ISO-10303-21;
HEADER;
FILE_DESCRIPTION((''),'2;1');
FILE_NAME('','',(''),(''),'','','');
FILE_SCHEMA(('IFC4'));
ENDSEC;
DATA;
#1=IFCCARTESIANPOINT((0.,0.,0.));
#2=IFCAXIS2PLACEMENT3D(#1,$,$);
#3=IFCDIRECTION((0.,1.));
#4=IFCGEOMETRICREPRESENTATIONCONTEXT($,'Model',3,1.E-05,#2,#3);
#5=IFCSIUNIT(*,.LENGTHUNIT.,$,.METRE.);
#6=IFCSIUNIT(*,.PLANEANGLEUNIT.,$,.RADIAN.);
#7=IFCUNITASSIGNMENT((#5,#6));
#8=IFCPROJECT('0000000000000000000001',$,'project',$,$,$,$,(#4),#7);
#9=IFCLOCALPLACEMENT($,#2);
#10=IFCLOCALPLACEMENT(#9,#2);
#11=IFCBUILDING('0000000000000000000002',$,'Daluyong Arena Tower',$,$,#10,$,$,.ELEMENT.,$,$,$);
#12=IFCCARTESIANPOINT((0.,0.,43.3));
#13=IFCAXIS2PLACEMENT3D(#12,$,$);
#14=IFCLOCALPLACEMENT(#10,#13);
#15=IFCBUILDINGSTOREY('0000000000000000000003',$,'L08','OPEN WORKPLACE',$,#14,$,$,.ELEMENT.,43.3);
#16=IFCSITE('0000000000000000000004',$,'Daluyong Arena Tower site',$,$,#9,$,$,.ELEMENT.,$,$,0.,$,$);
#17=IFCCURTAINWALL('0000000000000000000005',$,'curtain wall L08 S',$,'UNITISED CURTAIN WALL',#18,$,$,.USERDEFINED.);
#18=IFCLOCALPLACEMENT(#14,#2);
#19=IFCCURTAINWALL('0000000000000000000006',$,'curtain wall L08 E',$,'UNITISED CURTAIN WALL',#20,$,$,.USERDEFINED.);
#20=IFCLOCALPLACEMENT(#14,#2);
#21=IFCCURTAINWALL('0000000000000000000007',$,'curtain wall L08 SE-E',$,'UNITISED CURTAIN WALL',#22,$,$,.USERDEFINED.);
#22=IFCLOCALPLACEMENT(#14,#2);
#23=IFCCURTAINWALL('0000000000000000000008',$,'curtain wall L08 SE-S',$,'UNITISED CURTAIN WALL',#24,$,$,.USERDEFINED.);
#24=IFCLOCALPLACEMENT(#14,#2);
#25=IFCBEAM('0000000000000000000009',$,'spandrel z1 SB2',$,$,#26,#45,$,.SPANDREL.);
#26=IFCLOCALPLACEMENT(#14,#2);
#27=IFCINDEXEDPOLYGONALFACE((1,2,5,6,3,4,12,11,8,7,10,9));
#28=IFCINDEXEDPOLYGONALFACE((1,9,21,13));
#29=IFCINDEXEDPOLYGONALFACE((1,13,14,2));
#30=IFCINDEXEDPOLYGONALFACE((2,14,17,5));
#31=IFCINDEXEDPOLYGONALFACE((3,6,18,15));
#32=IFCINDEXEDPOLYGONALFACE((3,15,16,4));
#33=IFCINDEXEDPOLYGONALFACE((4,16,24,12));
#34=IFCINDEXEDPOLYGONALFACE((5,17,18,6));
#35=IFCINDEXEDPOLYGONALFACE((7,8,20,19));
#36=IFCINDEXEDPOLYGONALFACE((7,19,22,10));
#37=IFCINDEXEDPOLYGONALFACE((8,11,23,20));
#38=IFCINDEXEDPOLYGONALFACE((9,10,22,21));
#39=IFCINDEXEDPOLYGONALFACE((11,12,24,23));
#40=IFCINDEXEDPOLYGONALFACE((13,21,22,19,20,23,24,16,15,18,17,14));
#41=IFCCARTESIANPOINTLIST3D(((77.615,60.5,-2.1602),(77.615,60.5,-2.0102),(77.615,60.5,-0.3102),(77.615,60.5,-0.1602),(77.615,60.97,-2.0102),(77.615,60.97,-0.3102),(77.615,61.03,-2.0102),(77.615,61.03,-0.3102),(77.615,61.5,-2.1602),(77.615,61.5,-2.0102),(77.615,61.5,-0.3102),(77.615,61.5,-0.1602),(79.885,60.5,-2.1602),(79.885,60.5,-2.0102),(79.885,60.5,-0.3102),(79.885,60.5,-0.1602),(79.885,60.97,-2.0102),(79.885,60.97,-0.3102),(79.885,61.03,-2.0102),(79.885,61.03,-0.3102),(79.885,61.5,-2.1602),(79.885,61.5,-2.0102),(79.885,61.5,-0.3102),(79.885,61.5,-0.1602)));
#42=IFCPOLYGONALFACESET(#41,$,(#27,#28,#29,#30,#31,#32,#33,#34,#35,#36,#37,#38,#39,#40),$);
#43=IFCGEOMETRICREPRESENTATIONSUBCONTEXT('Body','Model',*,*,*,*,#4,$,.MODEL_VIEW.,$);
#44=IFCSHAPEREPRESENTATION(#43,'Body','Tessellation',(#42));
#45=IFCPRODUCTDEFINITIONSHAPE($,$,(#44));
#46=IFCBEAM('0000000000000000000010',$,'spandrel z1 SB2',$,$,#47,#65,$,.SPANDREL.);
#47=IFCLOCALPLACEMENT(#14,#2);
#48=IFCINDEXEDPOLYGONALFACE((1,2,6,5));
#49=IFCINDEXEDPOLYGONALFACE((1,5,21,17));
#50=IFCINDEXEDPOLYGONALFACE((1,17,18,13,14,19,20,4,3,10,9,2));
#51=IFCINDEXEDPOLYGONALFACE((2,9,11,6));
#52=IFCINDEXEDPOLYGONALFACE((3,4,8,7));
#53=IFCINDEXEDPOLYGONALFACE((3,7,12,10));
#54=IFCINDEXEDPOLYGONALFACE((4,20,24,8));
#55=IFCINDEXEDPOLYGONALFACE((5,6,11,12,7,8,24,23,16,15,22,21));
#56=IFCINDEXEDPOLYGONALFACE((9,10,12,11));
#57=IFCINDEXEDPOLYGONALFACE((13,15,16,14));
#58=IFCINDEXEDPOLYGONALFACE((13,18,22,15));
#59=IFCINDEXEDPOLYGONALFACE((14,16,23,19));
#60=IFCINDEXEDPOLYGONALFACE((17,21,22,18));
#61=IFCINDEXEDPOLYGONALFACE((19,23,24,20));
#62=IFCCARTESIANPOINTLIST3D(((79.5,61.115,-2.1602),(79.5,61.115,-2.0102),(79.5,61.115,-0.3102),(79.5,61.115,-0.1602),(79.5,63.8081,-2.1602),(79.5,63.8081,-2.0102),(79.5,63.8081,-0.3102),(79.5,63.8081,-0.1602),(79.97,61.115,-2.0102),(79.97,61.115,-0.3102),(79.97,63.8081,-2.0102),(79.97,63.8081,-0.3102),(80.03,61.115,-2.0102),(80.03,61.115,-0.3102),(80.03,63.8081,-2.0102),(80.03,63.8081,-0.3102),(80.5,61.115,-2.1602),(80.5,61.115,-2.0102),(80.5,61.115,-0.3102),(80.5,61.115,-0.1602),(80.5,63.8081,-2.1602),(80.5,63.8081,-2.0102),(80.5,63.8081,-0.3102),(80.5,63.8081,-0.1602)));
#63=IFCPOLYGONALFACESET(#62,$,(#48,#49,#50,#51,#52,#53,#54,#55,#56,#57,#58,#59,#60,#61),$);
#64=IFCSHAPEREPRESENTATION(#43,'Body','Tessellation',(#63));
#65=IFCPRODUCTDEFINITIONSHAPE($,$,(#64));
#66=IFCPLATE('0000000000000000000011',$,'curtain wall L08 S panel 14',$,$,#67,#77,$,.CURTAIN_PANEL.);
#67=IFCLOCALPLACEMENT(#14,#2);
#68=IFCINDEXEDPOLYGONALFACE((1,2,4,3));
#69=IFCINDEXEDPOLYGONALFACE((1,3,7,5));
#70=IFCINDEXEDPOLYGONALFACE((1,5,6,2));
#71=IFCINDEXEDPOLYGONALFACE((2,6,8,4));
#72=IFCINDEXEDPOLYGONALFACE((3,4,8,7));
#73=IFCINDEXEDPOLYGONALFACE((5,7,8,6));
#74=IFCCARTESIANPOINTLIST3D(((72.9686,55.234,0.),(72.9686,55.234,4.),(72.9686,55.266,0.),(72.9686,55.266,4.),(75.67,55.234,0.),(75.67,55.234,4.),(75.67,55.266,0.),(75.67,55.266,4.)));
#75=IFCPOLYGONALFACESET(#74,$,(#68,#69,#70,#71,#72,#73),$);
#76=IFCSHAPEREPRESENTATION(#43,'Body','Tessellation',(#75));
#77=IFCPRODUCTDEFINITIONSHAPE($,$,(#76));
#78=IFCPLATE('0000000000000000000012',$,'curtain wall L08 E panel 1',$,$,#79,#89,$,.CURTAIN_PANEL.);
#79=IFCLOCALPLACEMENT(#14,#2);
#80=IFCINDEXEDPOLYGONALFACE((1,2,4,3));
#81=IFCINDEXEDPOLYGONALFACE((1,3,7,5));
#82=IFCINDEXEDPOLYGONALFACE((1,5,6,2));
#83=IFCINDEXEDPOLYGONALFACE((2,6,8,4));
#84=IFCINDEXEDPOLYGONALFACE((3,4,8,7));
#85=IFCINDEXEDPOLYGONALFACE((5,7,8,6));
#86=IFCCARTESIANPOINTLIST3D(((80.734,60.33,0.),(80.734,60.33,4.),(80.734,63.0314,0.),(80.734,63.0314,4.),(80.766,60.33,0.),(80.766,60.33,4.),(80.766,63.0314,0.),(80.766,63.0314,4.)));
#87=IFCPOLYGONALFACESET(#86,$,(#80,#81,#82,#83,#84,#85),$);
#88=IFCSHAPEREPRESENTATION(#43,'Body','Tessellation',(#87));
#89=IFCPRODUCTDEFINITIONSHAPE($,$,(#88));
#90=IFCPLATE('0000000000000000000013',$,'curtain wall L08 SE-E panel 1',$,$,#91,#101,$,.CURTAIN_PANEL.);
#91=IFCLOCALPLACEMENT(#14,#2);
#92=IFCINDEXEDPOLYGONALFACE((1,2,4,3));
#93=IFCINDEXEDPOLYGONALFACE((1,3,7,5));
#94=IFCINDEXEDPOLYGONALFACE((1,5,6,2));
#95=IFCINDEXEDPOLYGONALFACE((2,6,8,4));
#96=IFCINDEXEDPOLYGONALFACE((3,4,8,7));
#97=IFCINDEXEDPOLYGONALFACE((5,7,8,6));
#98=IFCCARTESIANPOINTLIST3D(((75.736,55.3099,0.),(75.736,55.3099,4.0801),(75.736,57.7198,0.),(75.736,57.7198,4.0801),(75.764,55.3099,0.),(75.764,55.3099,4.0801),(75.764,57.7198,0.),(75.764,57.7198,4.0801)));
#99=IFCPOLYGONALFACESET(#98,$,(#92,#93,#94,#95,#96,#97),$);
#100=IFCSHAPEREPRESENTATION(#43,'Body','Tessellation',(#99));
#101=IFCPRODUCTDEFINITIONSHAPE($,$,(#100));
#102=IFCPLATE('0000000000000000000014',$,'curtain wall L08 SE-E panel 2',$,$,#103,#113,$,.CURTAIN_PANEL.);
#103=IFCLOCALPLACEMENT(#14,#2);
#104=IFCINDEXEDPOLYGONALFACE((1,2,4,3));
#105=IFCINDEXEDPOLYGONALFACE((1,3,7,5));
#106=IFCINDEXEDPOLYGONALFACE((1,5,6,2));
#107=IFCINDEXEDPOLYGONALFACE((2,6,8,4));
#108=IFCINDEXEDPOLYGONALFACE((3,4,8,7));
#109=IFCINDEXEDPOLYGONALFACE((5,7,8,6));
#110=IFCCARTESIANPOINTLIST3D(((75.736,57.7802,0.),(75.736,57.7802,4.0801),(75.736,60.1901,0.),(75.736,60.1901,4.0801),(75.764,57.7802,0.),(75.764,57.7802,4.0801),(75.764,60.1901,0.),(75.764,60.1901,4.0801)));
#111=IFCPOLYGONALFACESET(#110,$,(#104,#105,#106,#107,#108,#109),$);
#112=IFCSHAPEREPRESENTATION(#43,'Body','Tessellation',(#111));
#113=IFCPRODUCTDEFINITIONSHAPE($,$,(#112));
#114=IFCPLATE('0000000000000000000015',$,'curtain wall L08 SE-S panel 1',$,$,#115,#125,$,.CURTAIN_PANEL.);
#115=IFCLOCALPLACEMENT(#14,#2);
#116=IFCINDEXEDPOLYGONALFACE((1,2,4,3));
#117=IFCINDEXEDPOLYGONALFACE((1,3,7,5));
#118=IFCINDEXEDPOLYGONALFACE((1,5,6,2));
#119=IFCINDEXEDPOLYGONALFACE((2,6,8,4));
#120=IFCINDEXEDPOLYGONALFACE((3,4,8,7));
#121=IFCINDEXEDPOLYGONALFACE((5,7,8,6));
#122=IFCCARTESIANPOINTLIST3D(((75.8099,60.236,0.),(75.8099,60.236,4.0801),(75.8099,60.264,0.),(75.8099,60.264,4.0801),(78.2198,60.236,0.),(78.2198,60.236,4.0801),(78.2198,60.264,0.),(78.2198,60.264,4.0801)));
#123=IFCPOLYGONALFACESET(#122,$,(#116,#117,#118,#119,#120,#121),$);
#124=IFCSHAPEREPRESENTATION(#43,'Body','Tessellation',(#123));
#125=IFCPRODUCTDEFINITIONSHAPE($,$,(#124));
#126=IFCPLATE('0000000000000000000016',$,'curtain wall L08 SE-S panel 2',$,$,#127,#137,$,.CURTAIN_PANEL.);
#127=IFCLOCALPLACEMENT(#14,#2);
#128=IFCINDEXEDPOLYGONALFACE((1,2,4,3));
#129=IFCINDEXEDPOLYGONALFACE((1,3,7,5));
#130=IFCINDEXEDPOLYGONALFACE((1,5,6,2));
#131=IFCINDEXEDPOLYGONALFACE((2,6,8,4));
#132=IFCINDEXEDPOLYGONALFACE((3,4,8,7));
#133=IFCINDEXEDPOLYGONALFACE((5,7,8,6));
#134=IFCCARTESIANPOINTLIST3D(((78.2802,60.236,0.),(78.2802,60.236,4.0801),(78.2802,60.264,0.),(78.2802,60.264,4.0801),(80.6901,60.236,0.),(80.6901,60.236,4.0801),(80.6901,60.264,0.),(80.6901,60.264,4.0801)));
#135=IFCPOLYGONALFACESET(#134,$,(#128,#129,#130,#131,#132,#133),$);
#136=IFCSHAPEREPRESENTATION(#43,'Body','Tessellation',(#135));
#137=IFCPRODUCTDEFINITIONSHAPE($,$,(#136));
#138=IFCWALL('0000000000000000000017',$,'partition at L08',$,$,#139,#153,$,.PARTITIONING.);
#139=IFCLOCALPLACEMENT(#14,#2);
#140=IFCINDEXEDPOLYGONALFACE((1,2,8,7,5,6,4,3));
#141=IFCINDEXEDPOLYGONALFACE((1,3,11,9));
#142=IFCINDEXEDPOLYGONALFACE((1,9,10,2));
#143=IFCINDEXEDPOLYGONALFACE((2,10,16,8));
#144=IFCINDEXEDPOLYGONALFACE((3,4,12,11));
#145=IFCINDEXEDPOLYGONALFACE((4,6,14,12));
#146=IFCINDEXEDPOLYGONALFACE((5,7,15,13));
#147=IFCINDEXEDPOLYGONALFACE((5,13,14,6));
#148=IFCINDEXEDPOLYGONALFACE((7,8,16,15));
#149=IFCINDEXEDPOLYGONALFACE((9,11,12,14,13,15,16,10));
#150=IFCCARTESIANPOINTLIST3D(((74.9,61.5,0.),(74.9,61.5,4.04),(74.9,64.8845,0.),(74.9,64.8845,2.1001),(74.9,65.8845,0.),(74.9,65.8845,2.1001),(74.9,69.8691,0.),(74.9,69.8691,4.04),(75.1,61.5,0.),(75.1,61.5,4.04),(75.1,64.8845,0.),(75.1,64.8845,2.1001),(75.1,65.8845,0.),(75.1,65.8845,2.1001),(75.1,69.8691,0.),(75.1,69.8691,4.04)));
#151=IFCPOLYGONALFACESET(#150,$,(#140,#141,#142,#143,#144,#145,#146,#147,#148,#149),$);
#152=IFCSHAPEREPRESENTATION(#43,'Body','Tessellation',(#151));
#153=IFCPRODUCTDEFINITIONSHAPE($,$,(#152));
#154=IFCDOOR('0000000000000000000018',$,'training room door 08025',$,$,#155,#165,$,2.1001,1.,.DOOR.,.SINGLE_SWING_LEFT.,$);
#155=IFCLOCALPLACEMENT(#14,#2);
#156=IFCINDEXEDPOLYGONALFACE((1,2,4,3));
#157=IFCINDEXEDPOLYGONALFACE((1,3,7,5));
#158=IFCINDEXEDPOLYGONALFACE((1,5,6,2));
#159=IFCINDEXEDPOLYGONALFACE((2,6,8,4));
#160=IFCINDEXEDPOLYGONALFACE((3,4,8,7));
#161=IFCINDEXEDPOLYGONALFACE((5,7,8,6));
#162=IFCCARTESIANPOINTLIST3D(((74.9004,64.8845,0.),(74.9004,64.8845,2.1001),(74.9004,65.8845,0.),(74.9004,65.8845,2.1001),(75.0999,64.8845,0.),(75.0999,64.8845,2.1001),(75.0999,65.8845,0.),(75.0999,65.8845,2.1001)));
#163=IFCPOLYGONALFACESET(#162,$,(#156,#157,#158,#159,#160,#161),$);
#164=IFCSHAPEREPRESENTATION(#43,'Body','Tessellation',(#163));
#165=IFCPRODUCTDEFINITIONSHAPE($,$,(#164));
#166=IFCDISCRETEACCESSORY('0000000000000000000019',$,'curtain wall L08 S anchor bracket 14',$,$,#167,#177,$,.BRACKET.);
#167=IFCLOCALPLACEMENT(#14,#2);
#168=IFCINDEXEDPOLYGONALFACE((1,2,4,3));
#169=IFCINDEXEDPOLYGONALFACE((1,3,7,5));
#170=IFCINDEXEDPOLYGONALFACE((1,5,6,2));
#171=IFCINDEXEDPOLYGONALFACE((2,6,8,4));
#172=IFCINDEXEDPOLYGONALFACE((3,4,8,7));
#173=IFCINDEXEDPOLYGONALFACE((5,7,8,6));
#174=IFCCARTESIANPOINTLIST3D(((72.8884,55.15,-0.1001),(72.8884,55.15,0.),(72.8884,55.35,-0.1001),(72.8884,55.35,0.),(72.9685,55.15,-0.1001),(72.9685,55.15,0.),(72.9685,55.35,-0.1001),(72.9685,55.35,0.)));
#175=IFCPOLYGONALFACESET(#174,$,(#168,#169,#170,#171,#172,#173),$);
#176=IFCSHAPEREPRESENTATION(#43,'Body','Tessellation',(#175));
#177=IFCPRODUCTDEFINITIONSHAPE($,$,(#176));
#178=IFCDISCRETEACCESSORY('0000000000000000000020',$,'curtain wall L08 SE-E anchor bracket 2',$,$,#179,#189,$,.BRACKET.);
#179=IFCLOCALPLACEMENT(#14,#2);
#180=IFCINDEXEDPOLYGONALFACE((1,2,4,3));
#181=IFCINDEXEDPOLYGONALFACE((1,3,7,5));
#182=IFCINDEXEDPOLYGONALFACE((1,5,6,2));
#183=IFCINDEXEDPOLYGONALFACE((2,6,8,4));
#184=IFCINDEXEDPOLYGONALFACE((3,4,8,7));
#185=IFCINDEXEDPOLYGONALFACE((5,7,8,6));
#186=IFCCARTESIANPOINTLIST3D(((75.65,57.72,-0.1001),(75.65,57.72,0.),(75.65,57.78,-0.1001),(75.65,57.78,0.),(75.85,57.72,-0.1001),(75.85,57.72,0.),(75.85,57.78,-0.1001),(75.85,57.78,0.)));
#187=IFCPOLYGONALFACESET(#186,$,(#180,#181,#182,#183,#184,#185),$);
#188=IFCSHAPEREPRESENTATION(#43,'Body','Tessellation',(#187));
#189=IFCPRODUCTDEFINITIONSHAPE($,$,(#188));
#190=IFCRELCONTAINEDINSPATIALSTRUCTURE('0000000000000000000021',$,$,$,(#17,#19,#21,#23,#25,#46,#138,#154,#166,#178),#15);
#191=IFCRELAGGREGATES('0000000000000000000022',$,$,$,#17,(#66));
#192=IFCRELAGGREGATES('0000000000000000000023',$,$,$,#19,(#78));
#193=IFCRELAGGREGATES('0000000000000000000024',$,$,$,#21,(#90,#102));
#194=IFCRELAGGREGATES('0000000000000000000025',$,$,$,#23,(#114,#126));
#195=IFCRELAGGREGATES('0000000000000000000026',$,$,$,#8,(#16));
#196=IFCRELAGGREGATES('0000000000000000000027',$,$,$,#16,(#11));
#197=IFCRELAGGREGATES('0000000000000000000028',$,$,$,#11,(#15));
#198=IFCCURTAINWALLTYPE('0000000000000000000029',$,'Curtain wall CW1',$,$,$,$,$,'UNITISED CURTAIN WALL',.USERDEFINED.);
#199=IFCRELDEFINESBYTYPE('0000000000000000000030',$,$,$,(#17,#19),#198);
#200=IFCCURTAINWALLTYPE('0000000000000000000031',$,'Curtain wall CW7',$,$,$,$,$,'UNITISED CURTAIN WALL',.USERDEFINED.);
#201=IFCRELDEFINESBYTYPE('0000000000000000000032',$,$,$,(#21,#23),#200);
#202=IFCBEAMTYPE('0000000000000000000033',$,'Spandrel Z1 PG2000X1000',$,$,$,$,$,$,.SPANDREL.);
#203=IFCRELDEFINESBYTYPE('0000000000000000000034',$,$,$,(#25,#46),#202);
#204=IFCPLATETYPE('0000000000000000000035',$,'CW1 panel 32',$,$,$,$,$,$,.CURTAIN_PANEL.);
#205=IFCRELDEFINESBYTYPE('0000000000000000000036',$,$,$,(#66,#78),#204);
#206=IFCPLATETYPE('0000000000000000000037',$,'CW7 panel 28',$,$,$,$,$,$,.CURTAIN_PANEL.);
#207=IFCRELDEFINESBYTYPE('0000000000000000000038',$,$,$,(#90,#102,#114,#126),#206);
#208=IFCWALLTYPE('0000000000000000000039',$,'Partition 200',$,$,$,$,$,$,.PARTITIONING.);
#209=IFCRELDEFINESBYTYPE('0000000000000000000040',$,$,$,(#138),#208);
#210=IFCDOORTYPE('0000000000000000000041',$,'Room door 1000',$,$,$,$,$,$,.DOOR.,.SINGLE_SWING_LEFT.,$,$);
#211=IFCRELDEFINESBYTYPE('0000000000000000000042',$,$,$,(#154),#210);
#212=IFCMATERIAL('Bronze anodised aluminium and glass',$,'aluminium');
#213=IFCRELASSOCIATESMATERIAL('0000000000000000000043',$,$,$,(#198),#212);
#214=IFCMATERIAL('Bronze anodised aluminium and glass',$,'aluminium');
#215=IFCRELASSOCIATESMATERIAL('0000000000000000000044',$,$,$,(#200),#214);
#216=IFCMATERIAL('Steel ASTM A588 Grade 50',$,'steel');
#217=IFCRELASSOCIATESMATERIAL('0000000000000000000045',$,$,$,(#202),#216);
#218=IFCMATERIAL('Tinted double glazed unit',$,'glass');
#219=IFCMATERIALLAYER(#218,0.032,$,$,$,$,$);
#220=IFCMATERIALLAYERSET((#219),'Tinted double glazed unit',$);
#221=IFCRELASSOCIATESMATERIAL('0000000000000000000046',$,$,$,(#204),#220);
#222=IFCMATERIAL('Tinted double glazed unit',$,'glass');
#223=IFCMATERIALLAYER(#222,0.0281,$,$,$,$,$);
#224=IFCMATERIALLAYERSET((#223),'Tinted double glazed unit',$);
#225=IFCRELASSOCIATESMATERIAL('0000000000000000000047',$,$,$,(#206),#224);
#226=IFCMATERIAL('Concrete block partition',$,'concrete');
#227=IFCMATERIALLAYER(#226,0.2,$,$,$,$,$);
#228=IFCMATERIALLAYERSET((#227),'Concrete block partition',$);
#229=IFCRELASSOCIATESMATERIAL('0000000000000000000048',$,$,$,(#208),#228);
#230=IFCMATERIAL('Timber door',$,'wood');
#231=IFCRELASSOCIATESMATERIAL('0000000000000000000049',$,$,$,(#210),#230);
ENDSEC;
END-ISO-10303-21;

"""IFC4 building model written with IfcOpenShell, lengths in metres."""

from ifc_helpers import new_model, si_unit, direction, frame, frame_2d, origin, origin_2d, place, context, subcontext, project, spatial, rectangle, i_section, extrude, material, layer, layer_set, material_profile, profile_set, type_object, element, fill, aggregate, save


model = new_model("IFC4")

# Units and contexts
model_context = context("Model", 3, precision=1e-05, world=origin(), true_north=direction((0.0, 1.0)))
body_context = subcontext(model_context, "Body", "Model", "MODEL_VIEW")
ifc_project = project(units=[si_unit("LENGTHUNIT", "METRE"), si_unit("PLANEANGLEUNIT", "RADIAN")], contexts=[model_context])

# Site, building, storey
site_placement = place(None, origin())
site = spatial("IfcSite", under=ifc_project, at=site_placement, Name="Daluyong Arena Tower site", CompositionType="ELEMENT", RefElevation=0.0)
building_placement = place(site_placement, origin())
building = spatial("IfcBuilding", under=site, at=building_placement, Name="Daluyong Arena Tower", CompositionType="ELEMENT")
storey_placement = place(building_placement, frame((0.0, 0.0, 43.3)))
storey = spatial("IfcBuildingStorey", under=building, at=storey_placement, Name="L08", Description="OPEN WORKPLACE", CompositionType="ELEMENT", Elevation=43.3)

# Curtain wall
ifc_material_1 = material(Name="Bronze anodised aluminium and glass", Category="aluminium")
curtain_wall_type_1 = type_object("IfcCurtainWallType", Name="Curtain wall CW1", ElementType="UNITISED CURTAIN WALL", PredefinedType="USERDEFINED", material=ifc_material_1)
curtain_wall_1_placement = place(storey_placement, origin())
curtain_wall_1 = element("IfcCurtainWall", 1, at=curtain_wall_1_placement, inside=storey, type_object=curtain_wall_type_1, Name="curtain wall L08 S", ObjectType="UNITISED CURTAIN WALL", PredefinedType="USERDEFINED")

# Curtain wall
curtain_wall_2_placement = place(storey_placement, origin())
curtain_wall_2 = element("IfcCurtainWall", 2, at=curtain_wall_2_placement, inside=storey, type_object=curtain_wall_type_1, Name="curtain wall L08 E", ObjectType="UNITISED CURTAIN WALL", PredefinedType="USERDEFINED")

# Curtain walls
ifc_material_2 = material(Name="Bronze anodised aluminium and glass", Category="aluminium")
curtain_wall_type_2 = type_object("IfcCurtainWallType", Name="Curtain wall CW7", ElementType="UNITISED CURTAIN WALL", PredefinedType="USERDEFINED", material=ifc_material_2)
curtain_wall_3_placement = place(storey_placement, origin())
curtain_wall_3 = element("IfcCurtainWall", 3, at=curtain_wall_3_placement, inside=storey, type_object=curtain_wall_type_2, Name="curtain wall L08 SE-E", ObjectType="UNITISED CURTAIN WALL", PredefinedType="USERDEFINED")
curtain_wall_4_placement = place(storey_placement, origin())
curtain_wall_4 = element("IfcCurtainWall", 4, at=curtain_wall_4_placement, inside=storey, type_object=curtain_wall_type_2, Name="curtain wall L08 SE-S", ObjectType="UNITISED CURTAIN WALL", PredefinedType="USERDEFINED")

# Beams
ifc_material_3 = material(Name="Steel ASTM A588 Grade 50", Category="steel")
ifc_material_profile_1 = material_profile(ifc_material_3, i_section(OverallWidth=1.0, OverallDepth=2.0, WebThickness=0.06, FlangeThickness=0.15, at=origin_2d()))
ifc_profile_set_1 = profile_set([ifc_material_profile_1], Name="Steel ASTM A588 Grade 50")
beam_type_1 = type_object("IfcBeamType", Name="Spandrel Z1 PG2000X1000", PredefinedType="SPANDREL", material=ifc_profile_set_1)
for number, where, z_axis, x_axis, name in (
    (5, (77.615, 61.0, -1.1602), (1.0, 0.0, 0.0), (0.0, 1.0, 0.0), "spandrel z1 SB2"),
):
    element("IfcBeam", number, at=place(storey_placement, frame(where, z_axis=z_axis, x_axis=x_axis)), inside=storey, type_object=beam_type_1, Name=name, PredefinedType="SPANDREL", context=body_context, shape_type="SweptSolid", body=[
        extrude(i_section(OverallWidth=1.0, OverallDepth=2.0, WebThickness=0.06, FlangeThickness=0.15, at=origin_2d()), origin(), (0.0, 0.0, 1.0), 2.27),
    ])
beam_1_placement = place(storey_placement, frame((80.0, 61.115, -1.1602), z_axis=(0.0, 1.0, 0.0), x_axis=(-1.0, 0.0, 0.0)))
element("IfcBeam", 6, at=beam_1_placement, inside=storey, type_object=beam_type_1, Name="spandrel z1 SB2", PredefinedType="SPANDREL", context=body_context, shape_type="SweptSolid", body=[
    extrude(i_section(OverallWidth=1.0, OverallDepth=2.0, WebThickness=0.06, FlangeThickness=0.15, at=origin_2d()), origin(), (0.0, 0.0, 1.0), 2.6931),
])

# Plates
ifc_material_4 = material(Name="Tinted double glazed unit", Category="glass")
ifc_layer_1 = layer(ifc_material_4, 0.032)
ifc_layer_set_1 = layer_set([ifc_layer_1], Name="Tinted double glazed unit")
plate_type_1 = type_object("IfcPlateType", Name="CW1 panel 32", PredefinedType="CURTAIN_PANEL", material=ifc_layer_set_1)
plate_1_placement = place(storey_placement, frame((74.3193, 55.25, 0.0), z_axis=(0.0, 0.0, 1.0), x_axis=(1.0, 0.0, 0.0)))
plate_1 = element("IfcPlate", 7, at=plate_1_placement, type_object=plate_type_1, Name="curtain wall L08 S panel 14", PredefinedType="CURTAIN_PANEL", context=body_context, shape_type="SweptSolid", body=[
    extrude(rectangle(XDim=2.7014, YDim=0.032, at=origin_2d()), origin(), (0.0, 0.0, 1.0), 4.0),
])
aggregate(curtain_wall_1, [plate_1])
plate_2_placement = place(storey_placement, frame((80.75, 61.6807, 0.0), z_axis=(0.0, 0.0, 1.0), x_axis=(0.0, 1.0, 0.0)))
plate_2 = element("IfcPlate", 8, at=plate_2_placement, type_object=plate_type_1, Name="curtain wall L08 E panel 1", PredefinedType="CURTAIN_PANEL", context=body_context, shape_type="SweptSolid", body=[
    extrude(rectangle(XDim=2.7014, YDim=0.032, at=origin_2d()), origin(), (0.0, 0.0, 1.0), 4.0),
])
aggregate(curtain_wall_2, [plate_2])
ifc_material_5 = material(Name="Tinted double glazed unit", Category="glass")
ifc_layer_2 = layer(ifc_material_5, 0.0281)
ifc_layer_set_2 = layer_set([ifc_layer_2], Name="Tinted double glazed unit")
plate_type_2 = type_object("IfcPlateType", Name="CW7 panel 28", PredefinedType="CURTAIN_PANEL", material=ifc_layer_set_2)
plate_3_placement = place(storey_placement, frame((75.75, 56.5149, 0.0), z_axis=(0.0, 0.0, 1.0), x_axis=(0.0, 1.0, 0.0)))
plate_3 = element("IfcPlate", 9, at=plate_3_placement, type_object=plate_type_2, Name="curtain wall L08 SE-E panel 1", PredefinedType="CURTAIN_PANEL", context=body_context, shape_type="SweptSolid", body=[
    extrude(rectangle(XDim=2.4099, YDim=0.0281, at=origin_2d()), origin(), (0.0, 0.0, 1.0), 4.0801),
])
plate_4_placement = place(storey_placement, frame((75.75, 58.9851, 0.0), z_axis=(0.0, 0.0, 1.0), x_axis=(0.0, 1.0, 0.0)))
plate_4 = element("IfcPlate", 10, at=plate_4_placement, type_object=plate_type_2, Name="curtain wall L08 SE-E panel 2", PredefinedType="CURTAIN_PANEL", context=body_context, shape_type="SweptSolid", body=[
    extrude(rectangle(XDim=2.4099, YDim=0.0281, at=origin_2d()), origin(), (0.0, 0.0, 1.0), 4.0801),
])
aggregate(curtain_wall_3, [plate_3, plate_4])
plate_5_placement = place(storey_placement, frame((77.0149, 60.25, 0.0), z_axis=(0.0, 0.0, 1.0), x_axis=(1.0, 0.0, 0.0)))
plate_5 = element("IfcPlate", 11, at=plate_5_placement, type_object=plate_type_2, Name="curtain wall L08 SE-S panel 1", PredefinedType="CURTAIN_PANEL", context=body_context, shape_type="SweptSolid", body=[
    extrude(rectangle(XDim=2.4099, YDim=0.0281, at=origin_2d()), origin(), (0.0, 0.0, 1.0), 4.0801),
])
plate_6_placement = place(storey_placement, frame((79.4851, 60.25, 0.0), z_axis=(0.0, 0.0, 1.0), x_axis=(1.0, 0.0, 0.0)))
plate_6 = element("IfcPlate", 12, at=plate_6_placement, type_object=plate_type_2, Name="curtain wall L08 SE-S panel 2", PredefinedType="CURTAIN_PANEL", context=body_context, shape_type="SweptSolid", body=[
    extrude(rectangle(XDim=2.4099, YDim=0.0281, at=origin_2d()), origin(), (0.0, 0.0, 1.0), 4.0801),
])
aggregate(curtain_wall_4, [plate_5, plate_6])

# Wall, opening, door
ifc_material_6 = material(Name="Concrete block partition", Category="concrete")
ifc_layer_3 = layer(ifc_material_6, 0.2)
ifc_layer_set_3 = layer_set([ifc_layer_3], Name="Concrete block partition")
wall_type = type_object("IfcWallType", Name="Partition 200", PredefinedType="PARTITIONING", material=ifc_layer_set_3)
wall_placement = place(storey_placement, frame((75.0, 61.5, 0.0), z_axis=(0.0, 0.0, 1.0), x_axis=(0.0, 1.0, 0.0)))
wall = element("IfcWall", 13, at=wall_placement, inside=storey, type_object=wall_type, Name="partition at L08", PredefinedType="PARTITIONING", context=body_context, shape_type="SweptSolid", body=[
    extrude(rectangle(XDim=8.3691, YDim=0.2, at=frame_2d((4.1846, 0.0))), origin(), (0.0, 0.0, 1.0), 4.04),
])
opening_placement = place(wall_placement, frame((3.3845, 0.0, 0.0)))
opening = element("IfcOpeningElement", 14, at=opening_placement, cuts=wall, PredefinedType="OPENING", context=body_context, shape_type="SweptSolid", body=[
    extrude(rectangle(XDim=1.0, YDim=2.1001, at=frame_2d((0.5, 1.05))), frame((0.0, 0.1099, 0.0), z_axis=(0.0, -1.0, 0.0), x_axis=(1.0, 0.0, 0.0)), (0.0, 0.0, 1.0), 0.22),
])
ifc_material_7 = material(Name="Timber door", Category="wood")
door_type = type_object("IfcDoorType", Name="Room door 1000", OperationType="SINGLE_SWING_LEFT", PredefinedType="DOOR", material=ifc_material_7)
door_placement = place(opening_placement, origin())
door = element("IfcDoor", 15, at=door_placement, inside=storey, type_object=door_type, Name="training room door 08025", OperationType="SINGLE_SWING_LEFT", OverallHeight=2.1001, OverallWidth=1.0, PredefinedType="DOOR", context=body_context, shape_type="SweptSolid", body=[
    extrude(rectangle(XDim=1.0, YDim=2.1001, at=frame_2d((0.5, 1.05))), frame((0.0, 0.0996, 0.0), z_axis=(0.0, -1.0, 0.0), x_axis=(1.0, 0.0, 0.0)), (0.0, 0.0, 1.0), 0.1995),
])
fill(opening, door)

# Discrete accessories
discrete_accessory_1_placement = place(storey_placement, frame((72.9285, 55.25, -0.1001), z_axis=(0.0, 0.0, 1.0), x_axis=(1.0, 0.0, 0.0)))
element("IfcDiscreteAccessory", 16, at=discrete_accessory_1_placement, inside=storey, Name="curtain wall L08 S anchor bracket 14", PredefinedType="BRACKET", context=body_context, shape_type="SweptSolid", body=[
    extrude(rectangle(XDim=0.0801, YDim=0.2, at=origin_2d()), origin(), (0.0, 0.0, 1.0), 0.1001),
])
for number, where, z_axis, x_axis, name in (
    (17, (75.75, 57.75, -0.1001), (0.0, 0.0, 1.0), (0.0, 1.0, 0.0), "curtain wall L08 SE-E anchor bracket 2"),
):
    element("IfcDiscreteAccessory", number, at=place(storey_placement, frame(where, z_axis=z_axis, x_axis=x_axis)), inside=storey, Name=name, PredefinedType="BRACKET", context=body_context, shape_type="SweptSolid", body=[
        extrude(rectangle(XDim=0.0601, YDim=0.2, at=origin_2d()), origin(), (0.0, 0.0, 1.0), 0.1001),
    ])

save(model, "model.ifc")
